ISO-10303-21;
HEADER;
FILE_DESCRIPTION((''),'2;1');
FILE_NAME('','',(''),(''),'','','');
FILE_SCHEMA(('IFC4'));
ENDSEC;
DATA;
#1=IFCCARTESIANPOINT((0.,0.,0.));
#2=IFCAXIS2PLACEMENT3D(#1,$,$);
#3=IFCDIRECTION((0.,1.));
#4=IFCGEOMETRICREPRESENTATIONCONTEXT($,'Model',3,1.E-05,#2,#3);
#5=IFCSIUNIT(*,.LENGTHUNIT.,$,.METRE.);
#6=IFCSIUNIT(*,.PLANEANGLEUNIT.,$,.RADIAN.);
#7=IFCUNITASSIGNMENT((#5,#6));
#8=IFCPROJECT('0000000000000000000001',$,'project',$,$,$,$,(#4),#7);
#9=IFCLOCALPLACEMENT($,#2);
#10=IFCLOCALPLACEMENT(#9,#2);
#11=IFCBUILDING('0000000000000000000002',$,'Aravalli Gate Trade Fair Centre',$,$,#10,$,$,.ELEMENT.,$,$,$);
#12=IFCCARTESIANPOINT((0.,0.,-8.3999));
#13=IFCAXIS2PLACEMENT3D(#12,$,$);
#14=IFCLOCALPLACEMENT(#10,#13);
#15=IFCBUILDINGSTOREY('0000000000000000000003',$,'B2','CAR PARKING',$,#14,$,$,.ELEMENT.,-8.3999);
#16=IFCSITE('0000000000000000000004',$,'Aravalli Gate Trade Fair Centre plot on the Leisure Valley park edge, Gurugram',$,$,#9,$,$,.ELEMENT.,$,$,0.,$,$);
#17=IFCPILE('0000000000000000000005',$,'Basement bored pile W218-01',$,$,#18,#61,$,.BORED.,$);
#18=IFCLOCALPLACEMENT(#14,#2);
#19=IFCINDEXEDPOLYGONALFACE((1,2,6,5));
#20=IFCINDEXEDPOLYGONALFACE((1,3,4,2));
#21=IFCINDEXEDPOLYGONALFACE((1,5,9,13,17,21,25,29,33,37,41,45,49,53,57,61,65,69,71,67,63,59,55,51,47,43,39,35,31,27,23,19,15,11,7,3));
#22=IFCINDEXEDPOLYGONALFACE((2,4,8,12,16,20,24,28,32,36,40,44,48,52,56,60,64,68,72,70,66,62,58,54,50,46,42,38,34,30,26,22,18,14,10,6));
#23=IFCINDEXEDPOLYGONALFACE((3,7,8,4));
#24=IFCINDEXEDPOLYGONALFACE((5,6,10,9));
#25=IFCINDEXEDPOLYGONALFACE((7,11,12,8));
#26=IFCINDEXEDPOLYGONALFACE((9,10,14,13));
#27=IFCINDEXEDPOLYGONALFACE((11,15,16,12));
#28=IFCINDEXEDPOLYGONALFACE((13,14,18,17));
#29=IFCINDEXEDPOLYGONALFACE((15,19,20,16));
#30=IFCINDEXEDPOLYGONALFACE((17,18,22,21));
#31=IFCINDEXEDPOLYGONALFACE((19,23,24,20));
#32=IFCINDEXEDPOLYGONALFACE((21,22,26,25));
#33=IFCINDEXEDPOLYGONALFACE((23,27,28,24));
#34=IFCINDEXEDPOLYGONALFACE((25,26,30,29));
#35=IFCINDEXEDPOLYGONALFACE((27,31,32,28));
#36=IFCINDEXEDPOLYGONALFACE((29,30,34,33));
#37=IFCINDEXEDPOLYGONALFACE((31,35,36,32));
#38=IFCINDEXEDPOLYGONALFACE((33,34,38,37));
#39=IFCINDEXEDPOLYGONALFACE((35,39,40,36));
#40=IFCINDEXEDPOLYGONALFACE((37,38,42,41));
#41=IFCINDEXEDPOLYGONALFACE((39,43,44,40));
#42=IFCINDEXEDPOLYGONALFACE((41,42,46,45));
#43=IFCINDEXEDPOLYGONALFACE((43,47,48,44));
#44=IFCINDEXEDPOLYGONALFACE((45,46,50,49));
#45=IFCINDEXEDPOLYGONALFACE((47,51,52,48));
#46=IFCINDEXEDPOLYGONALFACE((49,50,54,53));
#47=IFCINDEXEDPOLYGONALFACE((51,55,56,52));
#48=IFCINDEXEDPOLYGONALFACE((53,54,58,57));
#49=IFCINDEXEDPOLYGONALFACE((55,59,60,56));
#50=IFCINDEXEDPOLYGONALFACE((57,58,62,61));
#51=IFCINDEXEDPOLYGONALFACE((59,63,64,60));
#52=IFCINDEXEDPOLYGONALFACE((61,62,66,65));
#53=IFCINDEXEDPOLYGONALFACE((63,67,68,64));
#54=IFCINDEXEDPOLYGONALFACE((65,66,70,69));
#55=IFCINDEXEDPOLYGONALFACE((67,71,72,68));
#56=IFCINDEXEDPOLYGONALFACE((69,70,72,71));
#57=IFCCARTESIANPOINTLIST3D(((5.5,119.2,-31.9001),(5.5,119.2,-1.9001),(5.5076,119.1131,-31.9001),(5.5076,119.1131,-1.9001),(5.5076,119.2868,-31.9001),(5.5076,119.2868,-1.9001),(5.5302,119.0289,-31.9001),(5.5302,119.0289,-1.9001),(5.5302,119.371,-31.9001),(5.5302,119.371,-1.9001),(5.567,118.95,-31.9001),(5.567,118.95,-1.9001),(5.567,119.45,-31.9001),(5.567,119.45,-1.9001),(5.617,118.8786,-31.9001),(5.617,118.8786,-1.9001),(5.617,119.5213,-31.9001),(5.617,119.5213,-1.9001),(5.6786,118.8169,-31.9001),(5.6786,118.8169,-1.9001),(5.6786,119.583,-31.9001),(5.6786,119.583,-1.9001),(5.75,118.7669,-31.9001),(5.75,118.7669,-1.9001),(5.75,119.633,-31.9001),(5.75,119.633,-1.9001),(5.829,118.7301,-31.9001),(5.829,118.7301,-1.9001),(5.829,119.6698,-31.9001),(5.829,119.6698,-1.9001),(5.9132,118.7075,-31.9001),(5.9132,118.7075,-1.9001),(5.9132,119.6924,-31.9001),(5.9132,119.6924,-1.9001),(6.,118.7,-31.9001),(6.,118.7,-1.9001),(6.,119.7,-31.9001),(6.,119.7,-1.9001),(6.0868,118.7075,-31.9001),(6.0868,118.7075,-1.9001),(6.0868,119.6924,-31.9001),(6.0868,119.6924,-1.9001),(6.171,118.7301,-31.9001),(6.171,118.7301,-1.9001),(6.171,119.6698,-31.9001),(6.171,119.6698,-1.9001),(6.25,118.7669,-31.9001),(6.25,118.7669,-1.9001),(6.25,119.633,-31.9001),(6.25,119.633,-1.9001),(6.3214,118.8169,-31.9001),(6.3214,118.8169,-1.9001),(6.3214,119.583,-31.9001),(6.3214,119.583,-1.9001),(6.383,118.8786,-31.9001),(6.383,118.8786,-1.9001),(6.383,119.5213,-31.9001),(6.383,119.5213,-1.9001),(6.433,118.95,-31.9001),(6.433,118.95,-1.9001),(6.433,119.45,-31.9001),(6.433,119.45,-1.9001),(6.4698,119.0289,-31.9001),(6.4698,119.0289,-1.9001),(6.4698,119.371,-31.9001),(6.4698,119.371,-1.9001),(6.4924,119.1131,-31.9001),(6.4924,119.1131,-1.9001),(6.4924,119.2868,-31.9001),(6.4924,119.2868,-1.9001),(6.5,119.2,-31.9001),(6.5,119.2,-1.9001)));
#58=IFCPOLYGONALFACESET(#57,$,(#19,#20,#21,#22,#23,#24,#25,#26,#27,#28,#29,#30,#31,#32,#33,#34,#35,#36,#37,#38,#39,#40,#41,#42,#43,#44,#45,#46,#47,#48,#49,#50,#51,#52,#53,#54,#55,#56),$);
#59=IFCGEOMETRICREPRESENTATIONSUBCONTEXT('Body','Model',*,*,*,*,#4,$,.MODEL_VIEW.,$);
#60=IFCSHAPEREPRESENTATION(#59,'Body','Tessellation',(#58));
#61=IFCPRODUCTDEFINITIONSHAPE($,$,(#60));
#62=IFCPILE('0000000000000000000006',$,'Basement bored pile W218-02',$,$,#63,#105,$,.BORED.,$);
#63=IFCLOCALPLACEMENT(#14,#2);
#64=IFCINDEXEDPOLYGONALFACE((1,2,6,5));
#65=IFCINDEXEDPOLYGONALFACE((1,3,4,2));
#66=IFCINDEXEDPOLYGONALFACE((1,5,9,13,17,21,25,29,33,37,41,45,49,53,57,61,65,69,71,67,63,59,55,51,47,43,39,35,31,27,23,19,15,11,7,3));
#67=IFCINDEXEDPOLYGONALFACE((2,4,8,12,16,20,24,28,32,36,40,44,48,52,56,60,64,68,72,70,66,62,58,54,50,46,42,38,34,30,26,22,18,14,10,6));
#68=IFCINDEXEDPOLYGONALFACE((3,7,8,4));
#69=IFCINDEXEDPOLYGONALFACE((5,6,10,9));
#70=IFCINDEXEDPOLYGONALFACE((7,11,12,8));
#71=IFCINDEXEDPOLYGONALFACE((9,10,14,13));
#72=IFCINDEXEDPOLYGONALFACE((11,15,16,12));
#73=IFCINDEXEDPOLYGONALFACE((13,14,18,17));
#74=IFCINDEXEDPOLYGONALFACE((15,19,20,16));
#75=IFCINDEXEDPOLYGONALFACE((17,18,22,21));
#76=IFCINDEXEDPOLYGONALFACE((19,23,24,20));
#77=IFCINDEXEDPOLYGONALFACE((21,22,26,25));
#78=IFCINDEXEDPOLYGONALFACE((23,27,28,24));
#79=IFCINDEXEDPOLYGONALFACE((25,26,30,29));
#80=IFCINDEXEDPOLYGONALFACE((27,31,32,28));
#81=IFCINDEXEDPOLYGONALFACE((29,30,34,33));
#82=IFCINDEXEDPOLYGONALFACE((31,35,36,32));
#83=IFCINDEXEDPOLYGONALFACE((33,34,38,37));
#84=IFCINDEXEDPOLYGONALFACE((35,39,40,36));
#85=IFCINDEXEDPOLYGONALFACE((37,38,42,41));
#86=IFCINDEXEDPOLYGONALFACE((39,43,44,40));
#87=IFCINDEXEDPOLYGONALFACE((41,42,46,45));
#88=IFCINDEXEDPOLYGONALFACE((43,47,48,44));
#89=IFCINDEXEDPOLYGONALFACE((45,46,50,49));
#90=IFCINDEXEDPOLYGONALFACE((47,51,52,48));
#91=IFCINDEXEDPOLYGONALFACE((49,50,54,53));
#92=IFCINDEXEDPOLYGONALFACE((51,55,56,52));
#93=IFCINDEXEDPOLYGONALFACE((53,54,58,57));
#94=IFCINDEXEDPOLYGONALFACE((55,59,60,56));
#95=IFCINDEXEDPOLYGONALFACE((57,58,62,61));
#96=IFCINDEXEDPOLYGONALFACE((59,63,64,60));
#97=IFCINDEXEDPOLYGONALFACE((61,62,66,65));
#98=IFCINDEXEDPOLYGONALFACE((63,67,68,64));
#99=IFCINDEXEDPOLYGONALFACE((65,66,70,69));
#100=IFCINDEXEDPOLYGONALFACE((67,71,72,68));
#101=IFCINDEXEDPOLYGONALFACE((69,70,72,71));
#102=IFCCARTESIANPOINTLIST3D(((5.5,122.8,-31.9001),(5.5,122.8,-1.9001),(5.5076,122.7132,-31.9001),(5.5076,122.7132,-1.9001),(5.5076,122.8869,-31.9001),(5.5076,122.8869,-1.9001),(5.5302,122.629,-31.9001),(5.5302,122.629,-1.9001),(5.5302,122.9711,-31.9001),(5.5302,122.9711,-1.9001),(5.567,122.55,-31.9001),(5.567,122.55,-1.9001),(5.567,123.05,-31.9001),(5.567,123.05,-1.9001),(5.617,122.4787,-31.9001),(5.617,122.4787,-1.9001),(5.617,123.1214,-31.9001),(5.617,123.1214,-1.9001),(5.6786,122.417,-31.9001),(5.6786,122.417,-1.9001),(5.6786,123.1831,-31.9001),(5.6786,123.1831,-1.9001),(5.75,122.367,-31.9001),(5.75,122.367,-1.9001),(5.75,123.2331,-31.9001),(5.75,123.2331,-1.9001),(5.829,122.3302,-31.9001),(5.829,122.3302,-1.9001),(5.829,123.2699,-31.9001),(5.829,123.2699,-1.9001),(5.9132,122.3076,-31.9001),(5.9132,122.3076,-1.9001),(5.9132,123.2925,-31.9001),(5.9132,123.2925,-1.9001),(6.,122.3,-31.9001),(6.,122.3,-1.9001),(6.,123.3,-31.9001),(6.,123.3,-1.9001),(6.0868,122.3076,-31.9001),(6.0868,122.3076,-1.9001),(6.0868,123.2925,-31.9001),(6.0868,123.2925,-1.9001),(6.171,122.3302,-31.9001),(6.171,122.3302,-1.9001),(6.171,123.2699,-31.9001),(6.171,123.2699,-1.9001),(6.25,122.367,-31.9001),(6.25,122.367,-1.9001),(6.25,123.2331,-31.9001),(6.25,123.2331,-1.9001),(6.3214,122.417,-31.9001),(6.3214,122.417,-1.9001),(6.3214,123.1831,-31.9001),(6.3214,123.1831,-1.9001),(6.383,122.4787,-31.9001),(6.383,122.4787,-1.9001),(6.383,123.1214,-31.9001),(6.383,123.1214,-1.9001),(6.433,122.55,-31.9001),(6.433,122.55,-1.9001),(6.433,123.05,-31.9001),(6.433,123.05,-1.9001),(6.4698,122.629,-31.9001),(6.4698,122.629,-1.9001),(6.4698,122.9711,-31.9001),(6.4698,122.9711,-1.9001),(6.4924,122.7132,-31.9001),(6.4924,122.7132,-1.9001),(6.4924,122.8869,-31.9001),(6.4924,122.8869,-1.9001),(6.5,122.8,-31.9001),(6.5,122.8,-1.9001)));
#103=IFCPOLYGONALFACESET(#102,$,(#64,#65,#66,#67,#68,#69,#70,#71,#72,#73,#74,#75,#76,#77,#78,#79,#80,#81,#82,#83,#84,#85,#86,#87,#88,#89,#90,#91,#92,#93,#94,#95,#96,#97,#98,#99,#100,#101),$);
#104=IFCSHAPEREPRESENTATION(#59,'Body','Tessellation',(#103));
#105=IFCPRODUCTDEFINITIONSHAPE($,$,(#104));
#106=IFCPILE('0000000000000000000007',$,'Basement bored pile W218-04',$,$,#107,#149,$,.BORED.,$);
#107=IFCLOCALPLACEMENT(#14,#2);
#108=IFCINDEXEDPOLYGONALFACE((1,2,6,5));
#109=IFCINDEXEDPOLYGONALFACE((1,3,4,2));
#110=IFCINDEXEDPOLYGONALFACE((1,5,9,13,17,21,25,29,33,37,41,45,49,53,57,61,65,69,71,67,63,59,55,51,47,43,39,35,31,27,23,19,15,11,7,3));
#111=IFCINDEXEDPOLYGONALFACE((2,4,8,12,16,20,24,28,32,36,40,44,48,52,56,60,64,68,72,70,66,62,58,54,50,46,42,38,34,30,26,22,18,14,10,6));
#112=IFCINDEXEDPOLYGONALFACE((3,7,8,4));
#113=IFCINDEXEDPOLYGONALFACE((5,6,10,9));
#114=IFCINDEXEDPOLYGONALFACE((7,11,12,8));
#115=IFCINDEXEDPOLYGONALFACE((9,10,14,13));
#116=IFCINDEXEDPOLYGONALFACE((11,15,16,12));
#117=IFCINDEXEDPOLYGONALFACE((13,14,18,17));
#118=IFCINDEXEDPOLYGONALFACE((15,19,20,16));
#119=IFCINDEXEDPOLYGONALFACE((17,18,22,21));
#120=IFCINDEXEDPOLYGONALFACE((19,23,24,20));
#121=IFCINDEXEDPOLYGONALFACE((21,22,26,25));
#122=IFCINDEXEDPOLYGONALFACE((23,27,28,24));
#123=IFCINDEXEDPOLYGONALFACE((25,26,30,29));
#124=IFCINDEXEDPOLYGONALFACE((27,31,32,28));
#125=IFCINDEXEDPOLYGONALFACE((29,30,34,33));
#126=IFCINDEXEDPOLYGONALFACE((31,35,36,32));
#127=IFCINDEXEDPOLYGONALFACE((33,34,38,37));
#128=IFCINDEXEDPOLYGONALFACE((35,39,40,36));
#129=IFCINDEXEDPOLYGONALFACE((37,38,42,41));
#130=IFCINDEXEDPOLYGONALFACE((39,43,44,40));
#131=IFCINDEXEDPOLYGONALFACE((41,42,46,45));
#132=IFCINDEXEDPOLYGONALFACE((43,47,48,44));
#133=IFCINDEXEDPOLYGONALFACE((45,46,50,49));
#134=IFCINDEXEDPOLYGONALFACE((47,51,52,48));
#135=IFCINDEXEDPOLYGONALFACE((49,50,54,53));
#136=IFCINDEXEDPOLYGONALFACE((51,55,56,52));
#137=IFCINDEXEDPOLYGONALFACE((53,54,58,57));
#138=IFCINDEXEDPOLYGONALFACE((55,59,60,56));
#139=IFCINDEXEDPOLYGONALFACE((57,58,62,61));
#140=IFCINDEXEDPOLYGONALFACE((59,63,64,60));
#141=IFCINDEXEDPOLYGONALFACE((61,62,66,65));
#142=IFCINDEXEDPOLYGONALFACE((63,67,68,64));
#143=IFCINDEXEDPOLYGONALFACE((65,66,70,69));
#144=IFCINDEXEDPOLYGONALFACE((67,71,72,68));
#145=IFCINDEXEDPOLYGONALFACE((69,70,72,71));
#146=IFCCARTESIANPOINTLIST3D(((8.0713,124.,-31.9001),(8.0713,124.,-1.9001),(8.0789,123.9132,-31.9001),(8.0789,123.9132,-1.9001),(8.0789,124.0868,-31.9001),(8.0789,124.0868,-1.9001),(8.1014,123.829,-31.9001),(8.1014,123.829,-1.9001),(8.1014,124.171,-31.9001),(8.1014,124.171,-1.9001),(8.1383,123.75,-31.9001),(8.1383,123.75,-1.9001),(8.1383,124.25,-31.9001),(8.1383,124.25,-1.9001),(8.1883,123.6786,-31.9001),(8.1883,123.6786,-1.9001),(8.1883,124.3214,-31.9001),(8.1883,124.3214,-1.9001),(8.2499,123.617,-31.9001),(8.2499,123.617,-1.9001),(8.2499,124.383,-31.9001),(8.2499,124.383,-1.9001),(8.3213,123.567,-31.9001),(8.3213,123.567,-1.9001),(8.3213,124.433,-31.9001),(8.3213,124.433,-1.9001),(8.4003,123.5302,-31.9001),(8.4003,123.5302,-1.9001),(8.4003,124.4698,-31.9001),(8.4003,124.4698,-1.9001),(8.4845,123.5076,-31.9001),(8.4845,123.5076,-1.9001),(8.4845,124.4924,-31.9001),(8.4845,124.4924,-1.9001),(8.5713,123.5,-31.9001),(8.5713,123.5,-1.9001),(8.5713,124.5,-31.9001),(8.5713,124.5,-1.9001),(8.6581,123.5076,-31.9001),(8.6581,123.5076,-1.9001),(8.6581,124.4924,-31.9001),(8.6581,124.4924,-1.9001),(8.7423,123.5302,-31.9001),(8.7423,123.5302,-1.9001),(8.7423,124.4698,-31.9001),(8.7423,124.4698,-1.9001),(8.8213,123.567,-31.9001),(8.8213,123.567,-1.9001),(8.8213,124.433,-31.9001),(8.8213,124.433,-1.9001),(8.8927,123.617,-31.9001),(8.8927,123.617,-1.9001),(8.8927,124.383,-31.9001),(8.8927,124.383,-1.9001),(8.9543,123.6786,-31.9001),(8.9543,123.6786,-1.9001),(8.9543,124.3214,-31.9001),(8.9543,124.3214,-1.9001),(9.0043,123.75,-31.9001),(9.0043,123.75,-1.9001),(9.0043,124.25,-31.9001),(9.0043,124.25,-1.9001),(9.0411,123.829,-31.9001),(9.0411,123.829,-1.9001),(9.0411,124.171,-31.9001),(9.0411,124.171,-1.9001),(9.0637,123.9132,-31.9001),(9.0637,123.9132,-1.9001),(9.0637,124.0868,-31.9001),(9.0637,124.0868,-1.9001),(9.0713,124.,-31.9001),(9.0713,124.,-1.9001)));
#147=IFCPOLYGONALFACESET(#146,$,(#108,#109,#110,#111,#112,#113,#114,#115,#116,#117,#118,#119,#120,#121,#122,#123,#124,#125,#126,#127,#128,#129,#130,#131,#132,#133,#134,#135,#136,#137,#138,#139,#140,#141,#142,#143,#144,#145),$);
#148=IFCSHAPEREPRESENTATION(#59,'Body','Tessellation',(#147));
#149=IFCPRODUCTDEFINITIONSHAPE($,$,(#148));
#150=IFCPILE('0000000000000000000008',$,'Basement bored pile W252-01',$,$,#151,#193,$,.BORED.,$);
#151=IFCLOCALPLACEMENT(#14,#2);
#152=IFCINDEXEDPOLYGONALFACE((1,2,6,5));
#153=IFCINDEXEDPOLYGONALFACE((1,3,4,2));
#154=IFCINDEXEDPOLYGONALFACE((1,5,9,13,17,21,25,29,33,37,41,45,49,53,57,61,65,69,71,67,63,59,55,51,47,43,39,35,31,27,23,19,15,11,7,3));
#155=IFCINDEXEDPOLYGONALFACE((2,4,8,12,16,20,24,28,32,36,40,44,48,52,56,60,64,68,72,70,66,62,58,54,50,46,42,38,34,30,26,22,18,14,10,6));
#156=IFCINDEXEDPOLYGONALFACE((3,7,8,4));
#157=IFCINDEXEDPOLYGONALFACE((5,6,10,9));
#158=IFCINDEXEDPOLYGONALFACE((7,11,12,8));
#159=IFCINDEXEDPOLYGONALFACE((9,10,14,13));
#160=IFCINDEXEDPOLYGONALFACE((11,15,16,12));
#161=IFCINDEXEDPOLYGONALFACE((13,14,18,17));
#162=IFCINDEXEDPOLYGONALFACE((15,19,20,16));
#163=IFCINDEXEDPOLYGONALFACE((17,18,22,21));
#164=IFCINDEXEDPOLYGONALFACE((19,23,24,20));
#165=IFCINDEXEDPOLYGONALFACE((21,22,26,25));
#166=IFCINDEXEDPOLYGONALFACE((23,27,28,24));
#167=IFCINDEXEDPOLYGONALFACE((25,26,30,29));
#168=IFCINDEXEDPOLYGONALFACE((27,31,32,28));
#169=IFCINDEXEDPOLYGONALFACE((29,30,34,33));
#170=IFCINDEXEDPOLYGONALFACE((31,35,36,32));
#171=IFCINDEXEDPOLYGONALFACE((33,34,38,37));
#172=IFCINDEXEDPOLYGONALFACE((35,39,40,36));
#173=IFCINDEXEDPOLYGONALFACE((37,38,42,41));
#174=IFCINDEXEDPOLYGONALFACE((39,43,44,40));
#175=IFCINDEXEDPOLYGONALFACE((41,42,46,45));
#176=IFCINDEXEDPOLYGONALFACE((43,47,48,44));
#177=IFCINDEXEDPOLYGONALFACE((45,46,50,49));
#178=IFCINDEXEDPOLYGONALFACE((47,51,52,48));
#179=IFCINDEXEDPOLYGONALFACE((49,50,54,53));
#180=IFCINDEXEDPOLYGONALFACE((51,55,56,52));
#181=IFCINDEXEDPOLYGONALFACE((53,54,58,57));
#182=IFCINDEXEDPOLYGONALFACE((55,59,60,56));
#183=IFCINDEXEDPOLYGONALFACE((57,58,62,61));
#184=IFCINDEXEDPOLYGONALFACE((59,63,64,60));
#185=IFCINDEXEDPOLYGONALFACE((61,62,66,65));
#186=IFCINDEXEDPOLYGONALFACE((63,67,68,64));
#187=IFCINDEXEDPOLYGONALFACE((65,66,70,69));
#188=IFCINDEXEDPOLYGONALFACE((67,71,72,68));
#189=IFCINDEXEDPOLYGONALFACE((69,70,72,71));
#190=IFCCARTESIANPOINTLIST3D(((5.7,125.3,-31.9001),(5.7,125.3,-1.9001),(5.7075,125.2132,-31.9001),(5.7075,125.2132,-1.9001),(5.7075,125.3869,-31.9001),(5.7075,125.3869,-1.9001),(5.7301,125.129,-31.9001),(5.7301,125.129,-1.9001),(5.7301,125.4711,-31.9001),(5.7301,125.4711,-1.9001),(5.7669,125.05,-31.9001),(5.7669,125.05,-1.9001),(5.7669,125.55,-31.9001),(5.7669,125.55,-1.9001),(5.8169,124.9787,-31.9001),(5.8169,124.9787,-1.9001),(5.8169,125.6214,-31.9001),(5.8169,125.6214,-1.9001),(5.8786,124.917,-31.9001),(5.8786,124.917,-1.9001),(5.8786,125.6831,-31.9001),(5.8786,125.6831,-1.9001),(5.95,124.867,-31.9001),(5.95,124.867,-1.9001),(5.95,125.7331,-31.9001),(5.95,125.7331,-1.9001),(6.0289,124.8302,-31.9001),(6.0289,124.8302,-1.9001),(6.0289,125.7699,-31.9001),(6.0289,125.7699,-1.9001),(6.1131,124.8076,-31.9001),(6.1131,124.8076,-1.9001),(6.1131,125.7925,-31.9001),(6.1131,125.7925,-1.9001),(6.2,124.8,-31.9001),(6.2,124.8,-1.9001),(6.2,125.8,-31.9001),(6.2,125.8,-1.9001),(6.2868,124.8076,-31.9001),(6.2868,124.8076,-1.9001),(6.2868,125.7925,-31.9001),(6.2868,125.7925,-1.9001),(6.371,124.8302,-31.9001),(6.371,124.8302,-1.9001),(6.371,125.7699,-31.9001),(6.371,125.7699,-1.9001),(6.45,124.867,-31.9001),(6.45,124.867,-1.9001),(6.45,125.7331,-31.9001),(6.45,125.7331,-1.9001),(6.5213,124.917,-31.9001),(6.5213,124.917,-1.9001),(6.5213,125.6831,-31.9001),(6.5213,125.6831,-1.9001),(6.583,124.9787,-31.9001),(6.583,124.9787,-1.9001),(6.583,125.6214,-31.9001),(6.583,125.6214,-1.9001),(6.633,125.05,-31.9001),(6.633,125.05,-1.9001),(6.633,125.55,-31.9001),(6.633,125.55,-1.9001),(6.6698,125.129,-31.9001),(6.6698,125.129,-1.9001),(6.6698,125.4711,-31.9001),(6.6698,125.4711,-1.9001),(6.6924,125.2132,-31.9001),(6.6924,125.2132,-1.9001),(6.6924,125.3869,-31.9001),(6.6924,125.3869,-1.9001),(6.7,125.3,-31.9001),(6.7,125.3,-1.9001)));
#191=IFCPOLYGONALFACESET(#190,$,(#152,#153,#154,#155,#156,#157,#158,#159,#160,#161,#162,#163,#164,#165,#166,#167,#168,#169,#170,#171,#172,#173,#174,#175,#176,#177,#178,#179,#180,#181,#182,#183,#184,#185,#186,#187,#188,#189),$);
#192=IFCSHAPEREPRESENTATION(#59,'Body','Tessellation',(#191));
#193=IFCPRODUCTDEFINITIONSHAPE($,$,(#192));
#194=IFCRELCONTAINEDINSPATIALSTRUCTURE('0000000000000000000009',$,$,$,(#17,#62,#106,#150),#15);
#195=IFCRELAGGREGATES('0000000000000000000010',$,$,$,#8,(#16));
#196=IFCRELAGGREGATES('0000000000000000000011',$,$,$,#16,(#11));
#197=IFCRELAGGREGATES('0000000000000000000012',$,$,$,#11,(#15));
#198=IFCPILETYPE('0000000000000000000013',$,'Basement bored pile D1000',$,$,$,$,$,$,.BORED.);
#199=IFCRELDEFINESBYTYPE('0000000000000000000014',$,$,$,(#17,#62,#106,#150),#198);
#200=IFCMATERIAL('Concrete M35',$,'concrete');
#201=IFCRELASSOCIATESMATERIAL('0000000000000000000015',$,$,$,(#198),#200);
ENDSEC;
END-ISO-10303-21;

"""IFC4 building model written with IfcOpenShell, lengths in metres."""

from ifc_helpers import new_model, si_unit, direction, frame, origin, origin_2d, place, context, subcontext, project, spatial, circle, extrude, material, material_profile, profile_set, type_object, element, save


model = new_model("IFC4")

# Units and contexts
model_context = context("Model", 3, precision=1e-05, world=origin(), true_north=direction((0.0, 1.0)))
body_context = subcontext(model_context, "Body", "Model", "MODEL_VIEW")
ifc_project = project(units=[si_unit("LENGTHUNIT", "METRE"), si_unit("PLANEANGLEUNIT", "RADIAN")], contexts=[model_context])

# Site, building, storey
site_placement = place(None, origin())
site = spatial("IfcSite", under=ifc_project, at=site_placement, Name="Aravalli Gate Trade Fair Centre plot on the Leisure Valley park edge, Gurugram", CompositionType="ELEMENT", RefElevation=0.0)
building_placement = place(site_placement, origin())
building = spatial("IfcBuilding", under=site, at=building_placement, Name="Aravalli Gate Trade Fair Centre", CompositionType="ELEMENT")
storey_placement = place(building_placement, frame((0.0, 0.0, -8.3999)))
storey = spatial("IfcBuildingStorey", under=building, at=storey_placement, Name="B2", Description="CAR PARKING", CompositionType="ELEMENT", Elevation=-8.3999)

# Piles
ifc_material_1 = material(Name="Concrete M35", Category="concrete")
ifc_material_profile_1 = material_profile(ifc_material_1, circle(Radius=0.5, at=origin_2d()), Name="D1000")
ifc_profile_set_1 = profile_set([ifc_material_profile_1], Name="Concrete M35")
pile_type = type_object("IfcPileType", Name="Basement bored pile D1000", PredefinedType="BORED", material=ifc_profile_set_1)
for number, where, z_axis, x_axis, name in (
    (1, (6.0, 119.2, -1.9001), (0.0, 0.0, -1.0), (1.0, 0.0, 0.0), "Basement bored pile W218-01"),
    (2, (6.0, 122.8, -1.9001), (0.0, 0.0, -1.0), (1.0, 0.0, 0.0), "Basement bored pile W218-02"),
    (3, (8.5713, 124.0, -1.9001), (0.0, 0.0, -1.0), (1.0, 0.0, 0.0), "Basement bored pile W218-04"),
    (4, (6.2, 125.3, -1.9001), (0.0, 0.0, -1.0), (1.0, 0.0, 0.0), "Basement bored pile W252-01"),
):
    element("IfcPile", number, at=place(storey_placement, frame(where, z_axis=z_axis, x_axis=x_axis)), inside=storey, type_object=pile_type, Name=name, PredefinedType="BORED", context=body_context, shape_type="SweptSolid", body=[
        extrude(circle(Radius=0.5, at=origin_2d()), origin(), (0.0, 0.0, 1.0), 30.0),
    ])

save(model, "model.ifc")
